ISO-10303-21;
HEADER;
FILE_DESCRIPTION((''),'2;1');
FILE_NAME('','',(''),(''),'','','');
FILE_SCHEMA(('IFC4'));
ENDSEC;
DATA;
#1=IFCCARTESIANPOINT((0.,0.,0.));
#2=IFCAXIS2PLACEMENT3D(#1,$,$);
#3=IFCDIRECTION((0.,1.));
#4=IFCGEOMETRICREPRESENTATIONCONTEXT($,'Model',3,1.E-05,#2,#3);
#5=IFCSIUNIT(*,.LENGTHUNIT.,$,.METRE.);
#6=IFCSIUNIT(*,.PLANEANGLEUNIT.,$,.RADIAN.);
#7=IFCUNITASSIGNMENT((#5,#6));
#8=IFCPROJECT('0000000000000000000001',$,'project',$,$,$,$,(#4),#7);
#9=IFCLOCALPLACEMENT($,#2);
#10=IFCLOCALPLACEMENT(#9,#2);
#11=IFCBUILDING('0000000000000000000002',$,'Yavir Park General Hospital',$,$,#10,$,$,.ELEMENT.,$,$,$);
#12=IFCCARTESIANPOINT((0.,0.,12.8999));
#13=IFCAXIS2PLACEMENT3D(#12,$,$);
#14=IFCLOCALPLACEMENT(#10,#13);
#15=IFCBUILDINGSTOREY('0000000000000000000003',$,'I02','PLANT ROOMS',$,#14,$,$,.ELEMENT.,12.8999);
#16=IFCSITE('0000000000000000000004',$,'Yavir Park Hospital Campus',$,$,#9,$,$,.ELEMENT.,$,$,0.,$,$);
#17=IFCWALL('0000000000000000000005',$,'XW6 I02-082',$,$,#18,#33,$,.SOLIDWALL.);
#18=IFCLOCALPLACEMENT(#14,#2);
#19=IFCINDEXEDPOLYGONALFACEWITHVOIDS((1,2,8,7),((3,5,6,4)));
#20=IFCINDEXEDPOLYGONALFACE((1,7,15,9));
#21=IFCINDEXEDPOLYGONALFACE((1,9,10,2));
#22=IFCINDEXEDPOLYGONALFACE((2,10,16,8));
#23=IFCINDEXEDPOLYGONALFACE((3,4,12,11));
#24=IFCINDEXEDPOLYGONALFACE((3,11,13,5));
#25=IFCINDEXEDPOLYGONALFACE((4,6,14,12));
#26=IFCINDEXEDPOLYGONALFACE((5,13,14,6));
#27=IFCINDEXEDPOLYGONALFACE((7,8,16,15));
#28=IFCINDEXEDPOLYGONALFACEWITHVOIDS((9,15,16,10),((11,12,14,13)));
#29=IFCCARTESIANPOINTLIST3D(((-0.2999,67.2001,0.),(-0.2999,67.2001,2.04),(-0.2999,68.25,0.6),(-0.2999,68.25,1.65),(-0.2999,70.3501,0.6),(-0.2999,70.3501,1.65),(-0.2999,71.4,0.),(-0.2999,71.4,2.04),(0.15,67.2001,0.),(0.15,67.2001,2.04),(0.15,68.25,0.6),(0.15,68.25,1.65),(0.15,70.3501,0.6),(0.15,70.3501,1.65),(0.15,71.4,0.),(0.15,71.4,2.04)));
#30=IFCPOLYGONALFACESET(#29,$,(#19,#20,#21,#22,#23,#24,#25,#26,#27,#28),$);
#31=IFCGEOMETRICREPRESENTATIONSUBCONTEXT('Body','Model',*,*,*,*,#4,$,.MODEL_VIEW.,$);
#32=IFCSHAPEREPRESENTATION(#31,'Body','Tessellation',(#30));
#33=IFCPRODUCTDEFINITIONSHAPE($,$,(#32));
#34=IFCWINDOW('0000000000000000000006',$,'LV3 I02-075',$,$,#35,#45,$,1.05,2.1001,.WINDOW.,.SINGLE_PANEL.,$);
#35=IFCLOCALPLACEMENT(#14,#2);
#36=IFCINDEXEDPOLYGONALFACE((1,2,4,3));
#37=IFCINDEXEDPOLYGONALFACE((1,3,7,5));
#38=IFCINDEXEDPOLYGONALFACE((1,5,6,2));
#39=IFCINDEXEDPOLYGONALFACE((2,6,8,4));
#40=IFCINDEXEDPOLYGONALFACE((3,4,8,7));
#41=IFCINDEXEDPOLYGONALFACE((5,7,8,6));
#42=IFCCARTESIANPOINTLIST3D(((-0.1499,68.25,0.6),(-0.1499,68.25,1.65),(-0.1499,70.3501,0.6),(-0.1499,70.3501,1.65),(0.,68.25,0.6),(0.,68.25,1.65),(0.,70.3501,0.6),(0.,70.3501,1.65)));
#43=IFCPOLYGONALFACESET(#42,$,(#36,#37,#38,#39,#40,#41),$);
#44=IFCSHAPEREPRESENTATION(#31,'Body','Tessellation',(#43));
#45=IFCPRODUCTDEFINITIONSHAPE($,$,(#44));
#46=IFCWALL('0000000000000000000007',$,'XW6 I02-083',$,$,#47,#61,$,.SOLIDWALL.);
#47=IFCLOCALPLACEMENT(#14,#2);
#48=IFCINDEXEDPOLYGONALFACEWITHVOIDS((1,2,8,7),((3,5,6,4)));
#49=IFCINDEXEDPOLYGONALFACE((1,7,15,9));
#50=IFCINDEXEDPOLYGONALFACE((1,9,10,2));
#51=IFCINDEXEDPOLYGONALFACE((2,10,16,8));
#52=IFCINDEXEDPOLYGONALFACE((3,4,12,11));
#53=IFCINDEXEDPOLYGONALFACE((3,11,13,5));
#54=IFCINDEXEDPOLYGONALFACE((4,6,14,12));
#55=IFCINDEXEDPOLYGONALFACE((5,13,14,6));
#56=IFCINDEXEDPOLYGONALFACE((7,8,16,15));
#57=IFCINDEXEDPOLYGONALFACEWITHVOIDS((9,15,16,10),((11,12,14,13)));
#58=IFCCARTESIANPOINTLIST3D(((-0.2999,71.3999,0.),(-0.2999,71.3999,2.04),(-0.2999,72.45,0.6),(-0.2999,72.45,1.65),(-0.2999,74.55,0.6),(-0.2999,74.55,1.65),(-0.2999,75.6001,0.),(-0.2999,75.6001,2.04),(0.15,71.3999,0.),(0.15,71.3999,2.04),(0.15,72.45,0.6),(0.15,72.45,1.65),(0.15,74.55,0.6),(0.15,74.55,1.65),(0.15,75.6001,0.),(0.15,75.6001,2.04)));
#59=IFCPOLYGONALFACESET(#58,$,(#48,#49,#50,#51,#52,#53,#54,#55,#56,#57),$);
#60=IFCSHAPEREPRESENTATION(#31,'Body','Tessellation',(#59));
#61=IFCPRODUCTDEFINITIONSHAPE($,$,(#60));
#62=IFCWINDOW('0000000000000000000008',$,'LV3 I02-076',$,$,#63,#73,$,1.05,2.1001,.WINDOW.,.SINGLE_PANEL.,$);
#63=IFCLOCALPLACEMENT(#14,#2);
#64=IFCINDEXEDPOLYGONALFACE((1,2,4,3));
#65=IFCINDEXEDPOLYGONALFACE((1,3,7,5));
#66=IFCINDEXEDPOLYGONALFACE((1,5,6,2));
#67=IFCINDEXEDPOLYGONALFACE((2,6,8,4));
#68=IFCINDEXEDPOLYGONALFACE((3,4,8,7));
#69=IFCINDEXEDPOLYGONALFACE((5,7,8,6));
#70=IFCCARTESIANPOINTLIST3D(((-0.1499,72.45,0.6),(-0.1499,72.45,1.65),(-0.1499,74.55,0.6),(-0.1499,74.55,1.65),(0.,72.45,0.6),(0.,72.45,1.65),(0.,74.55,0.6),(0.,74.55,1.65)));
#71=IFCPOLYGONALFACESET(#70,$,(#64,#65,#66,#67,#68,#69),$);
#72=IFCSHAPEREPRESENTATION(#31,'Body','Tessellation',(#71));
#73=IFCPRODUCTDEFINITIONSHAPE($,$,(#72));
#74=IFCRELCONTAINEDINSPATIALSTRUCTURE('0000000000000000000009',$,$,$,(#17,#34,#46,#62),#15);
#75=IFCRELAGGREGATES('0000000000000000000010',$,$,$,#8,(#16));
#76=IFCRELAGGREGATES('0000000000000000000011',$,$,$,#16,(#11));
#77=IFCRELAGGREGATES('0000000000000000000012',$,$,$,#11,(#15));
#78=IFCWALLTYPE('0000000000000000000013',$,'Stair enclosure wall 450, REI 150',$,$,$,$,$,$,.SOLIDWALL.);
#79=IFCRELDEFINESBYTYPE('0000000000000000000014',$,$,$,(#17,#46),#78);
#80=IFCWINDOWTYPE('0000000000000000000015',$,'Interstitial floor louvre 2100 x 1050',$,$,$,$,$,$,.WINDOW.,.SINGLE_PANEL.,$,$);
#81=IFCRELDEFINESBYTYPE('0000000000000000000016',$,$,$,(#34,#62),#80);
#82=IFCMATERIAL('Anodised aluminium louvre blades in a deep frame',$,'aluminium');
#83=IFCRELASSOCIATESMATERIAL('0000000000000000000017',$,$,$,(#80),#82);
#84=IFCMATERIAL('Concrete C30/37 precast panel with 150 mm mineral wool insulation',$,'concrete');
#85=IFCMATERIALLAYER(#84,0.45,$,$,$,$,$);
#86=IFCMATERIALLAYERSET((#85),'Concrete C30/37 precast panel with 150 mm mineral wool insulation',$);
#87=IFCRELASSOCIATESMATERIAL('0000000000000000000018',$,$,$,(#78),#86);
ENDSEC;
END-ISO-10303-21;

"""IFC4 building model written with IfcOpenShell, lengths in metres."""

from ifc_helpers import new_model, si_unit, direction, frame, frame_2d, origin, place, context, subcontext, project, spatial, rectangle, extrude, material, layer, layer_set, type_object, element, fill, save


model = new_model("IFC4")

# Units and contexts
model_context = context("Model", 3, precision=1e-05, world=origin(), true_north=direction((0.0, 1.0)))
body_context = subcontext(model_context, "Body", "Model", "MODEL_VIEW")
ifc_project = project(units=[si_unit("LENGTHUNIT", "METRE"), si_unit("PLANEANGLEUNIT", "RADIAN")], contexts=[model_context])

# Site, building, storey
site_placement = place(None, origin())
site = spatial("IfcSite", under=ifc_project, at=site_placement, Name="Yavir Park Hospital Campus", CompositionType="ELEMENT", RefElevation=0.0)
building_placement = place(site_placement, origin())
building = spatial("IfcBuilding", under=site, at=building_placement, Name="Yavir Park General Hospital", CompositionType="ELEMENT")
storey_placement = place(building_placement, frame((0.0, 0.0, 12.8999)))
storey = spatial("IfcBuildingStorey", under=building, at=storey_placement, Name="I02", Description="PLANT ROOMS", CompositionType="ELEMENT", Elevation=12.8999)

# Shared definitions
ifc_material_1 = material(Name="Anodised aluminium louvre blades in a deep frame", Category="aluminium")
window_type = type_object("IfcWindowType", Name="Interstitial floor louvre 2100 x 1050", PartitioningType="SINGLE_PANEL", PredefinedType="WINDOW", material=ifc_material_1)

# Walls, openings, windows
ifc_material_2 = material(Name="Concrete C30/37 precast panel with 150 mm mineral wool insulation", Category="concrete")
ifc_layer_1 = layer(ifc_material_2, 0.45)
ifc_layer_set_1 = layer_set([ifc_layer_1], Name="Concrete C30/37 precast panel with 150 mm mineral wool insulation")
wall_type_1 = type_object("IfcWallType", Name="Stair enclosure wall 450, REI 150", PredefinedType="SOLIDWALL", material=ifc_layer_set_1)
wall_1_placement = place(storey_placement, frame((-0.075, 67.2, 0.0), z_axis=(0.0, 0.0, 1.0), x_axis=(0.0, 1.0, 0.0)))
wall_1 = element("IfcWall", 1, at=wall_1_placement, inside=storey, type_object=wall_type_1, Name="XW6 I02-082", PredefinedType="SOLIDWALL", context=body_context, shape_type="SweptSolid", body=[
    extrude(rectangle(XDim=4.2, YDim=0.45, at=frame_2d((2.1001, 0.0))), origin(), (0.0, 0.0, 1.0), 2.04),
])
opening_1_placement = place(wall_1_placement, frame((1.05, 0.0, 0.6001)))
opening_1 = element("IfcOpeningElement", 2, at=opening_1_placement, cuts=wall_1, PredefinedType="OPENING", context=body_context, shape_type="SweptSolid", body=[
    extrude(rectangle(XDim=2.1001, YDim=1.05, at=frame_2d((1.05, 0.5249))), frame((0.0, 0.2349, 0.0), z_axis=(0.0, -1.0, 0.0), x_axis=(1.0, 0.0, 0.0)), (0.0, 0.0, 1.0), 0.47),
])
window_1_placement = place(opening_1_placement, origin())
window_1 = element("IfcWindow", 3, at=window_1_placement, inside=storey, type_object=window_type, Name="LV3 I02-075", OverallHeight=1.05, OverallWidth=2.1001, PartitioningType="SINGLE_PANEL", PredefinedType="WINDOW", context=body_context, shape_type="SweptSolid", body=[
    extrude(rectangle(XDim=2.1001, YDim=1.05, at=frame_2d((1.05, 0.5249))), frame((0.0, 0.075, 0.0), z_axis=(0.0, -1.0, 0.0), x_axis=(1.0, 0.0, 0.0)), (0.0, 0.0, 1.0), 0.1499),
])
fill(opening_1, window_1)
wall_2_placement = place(storey_placement, frame((-0.075, 71.3999, 0.0), z_axis=(0.0, 0.0, 1.0), x_axis=(0.0, 1.0, 0.0)))
wall_2 = element("IfcWall", 4, at=wall_2_placement, inside=storey, type_object=wall_type_1, Name="XW6 I02-083", PredefinedType="SOLIDWALL", context=body_context, shape_type="SweptSolid", body=[
    extrude(rectangle(XDim=4.2002, YDim=0.45, at=frame_2d((2.1001, 0.0))), origin(), (0.0, 0.0, 1.0), 2.04),
])
opening_2_placement = place(wall_2_placement, frame((1.05, 0.0, 0.6001)))
opening_2 = element("IfcOpeningElement", 5, at=opening_2_placement, cuts=wall_2, PredefinedType="OPENING", context=body_context, shape_type="SweptSolid", body=[
    extrude(rectangle(XDim=2.1001, YDim=1.05, at=frame_2d((1.05, 0.5249))), frame((0.0, 0.2349, 0.0), z_axis=(0.0, -1.0, 0.0), x_axis=(1.0, 0.0, 0.0)), (0.0, 0.0, 1.0), 0.47),
])
window_2_placement = place(opening_2_placement, origin())
window_2 = element("IfcWindow", 6, at=window_2_placement, inside=storey, type_object=window_type, Name="LV3 I02-076", OverallHeight=1.05, OverallWidth=2.1001, PartitioningType="SINGLE_PANEL", PredefinedType="WINDOW", context=body_context, shape_type="SweptSolid", body=[
    extrude(rectangle(XDim=2.1001, YDim=1.05, at=frame_2d((1.05, 0.5249))), frame((0.0, 0.075, 0.0), z_axis=(0.0, -1.0, 0.0), x_axis=(1.0, 0.0, 0.0)), (0.0, 0.0, 1.0), 0.1499),
])
fill(opening_2, window_2)

save(model, "model.ifc")
